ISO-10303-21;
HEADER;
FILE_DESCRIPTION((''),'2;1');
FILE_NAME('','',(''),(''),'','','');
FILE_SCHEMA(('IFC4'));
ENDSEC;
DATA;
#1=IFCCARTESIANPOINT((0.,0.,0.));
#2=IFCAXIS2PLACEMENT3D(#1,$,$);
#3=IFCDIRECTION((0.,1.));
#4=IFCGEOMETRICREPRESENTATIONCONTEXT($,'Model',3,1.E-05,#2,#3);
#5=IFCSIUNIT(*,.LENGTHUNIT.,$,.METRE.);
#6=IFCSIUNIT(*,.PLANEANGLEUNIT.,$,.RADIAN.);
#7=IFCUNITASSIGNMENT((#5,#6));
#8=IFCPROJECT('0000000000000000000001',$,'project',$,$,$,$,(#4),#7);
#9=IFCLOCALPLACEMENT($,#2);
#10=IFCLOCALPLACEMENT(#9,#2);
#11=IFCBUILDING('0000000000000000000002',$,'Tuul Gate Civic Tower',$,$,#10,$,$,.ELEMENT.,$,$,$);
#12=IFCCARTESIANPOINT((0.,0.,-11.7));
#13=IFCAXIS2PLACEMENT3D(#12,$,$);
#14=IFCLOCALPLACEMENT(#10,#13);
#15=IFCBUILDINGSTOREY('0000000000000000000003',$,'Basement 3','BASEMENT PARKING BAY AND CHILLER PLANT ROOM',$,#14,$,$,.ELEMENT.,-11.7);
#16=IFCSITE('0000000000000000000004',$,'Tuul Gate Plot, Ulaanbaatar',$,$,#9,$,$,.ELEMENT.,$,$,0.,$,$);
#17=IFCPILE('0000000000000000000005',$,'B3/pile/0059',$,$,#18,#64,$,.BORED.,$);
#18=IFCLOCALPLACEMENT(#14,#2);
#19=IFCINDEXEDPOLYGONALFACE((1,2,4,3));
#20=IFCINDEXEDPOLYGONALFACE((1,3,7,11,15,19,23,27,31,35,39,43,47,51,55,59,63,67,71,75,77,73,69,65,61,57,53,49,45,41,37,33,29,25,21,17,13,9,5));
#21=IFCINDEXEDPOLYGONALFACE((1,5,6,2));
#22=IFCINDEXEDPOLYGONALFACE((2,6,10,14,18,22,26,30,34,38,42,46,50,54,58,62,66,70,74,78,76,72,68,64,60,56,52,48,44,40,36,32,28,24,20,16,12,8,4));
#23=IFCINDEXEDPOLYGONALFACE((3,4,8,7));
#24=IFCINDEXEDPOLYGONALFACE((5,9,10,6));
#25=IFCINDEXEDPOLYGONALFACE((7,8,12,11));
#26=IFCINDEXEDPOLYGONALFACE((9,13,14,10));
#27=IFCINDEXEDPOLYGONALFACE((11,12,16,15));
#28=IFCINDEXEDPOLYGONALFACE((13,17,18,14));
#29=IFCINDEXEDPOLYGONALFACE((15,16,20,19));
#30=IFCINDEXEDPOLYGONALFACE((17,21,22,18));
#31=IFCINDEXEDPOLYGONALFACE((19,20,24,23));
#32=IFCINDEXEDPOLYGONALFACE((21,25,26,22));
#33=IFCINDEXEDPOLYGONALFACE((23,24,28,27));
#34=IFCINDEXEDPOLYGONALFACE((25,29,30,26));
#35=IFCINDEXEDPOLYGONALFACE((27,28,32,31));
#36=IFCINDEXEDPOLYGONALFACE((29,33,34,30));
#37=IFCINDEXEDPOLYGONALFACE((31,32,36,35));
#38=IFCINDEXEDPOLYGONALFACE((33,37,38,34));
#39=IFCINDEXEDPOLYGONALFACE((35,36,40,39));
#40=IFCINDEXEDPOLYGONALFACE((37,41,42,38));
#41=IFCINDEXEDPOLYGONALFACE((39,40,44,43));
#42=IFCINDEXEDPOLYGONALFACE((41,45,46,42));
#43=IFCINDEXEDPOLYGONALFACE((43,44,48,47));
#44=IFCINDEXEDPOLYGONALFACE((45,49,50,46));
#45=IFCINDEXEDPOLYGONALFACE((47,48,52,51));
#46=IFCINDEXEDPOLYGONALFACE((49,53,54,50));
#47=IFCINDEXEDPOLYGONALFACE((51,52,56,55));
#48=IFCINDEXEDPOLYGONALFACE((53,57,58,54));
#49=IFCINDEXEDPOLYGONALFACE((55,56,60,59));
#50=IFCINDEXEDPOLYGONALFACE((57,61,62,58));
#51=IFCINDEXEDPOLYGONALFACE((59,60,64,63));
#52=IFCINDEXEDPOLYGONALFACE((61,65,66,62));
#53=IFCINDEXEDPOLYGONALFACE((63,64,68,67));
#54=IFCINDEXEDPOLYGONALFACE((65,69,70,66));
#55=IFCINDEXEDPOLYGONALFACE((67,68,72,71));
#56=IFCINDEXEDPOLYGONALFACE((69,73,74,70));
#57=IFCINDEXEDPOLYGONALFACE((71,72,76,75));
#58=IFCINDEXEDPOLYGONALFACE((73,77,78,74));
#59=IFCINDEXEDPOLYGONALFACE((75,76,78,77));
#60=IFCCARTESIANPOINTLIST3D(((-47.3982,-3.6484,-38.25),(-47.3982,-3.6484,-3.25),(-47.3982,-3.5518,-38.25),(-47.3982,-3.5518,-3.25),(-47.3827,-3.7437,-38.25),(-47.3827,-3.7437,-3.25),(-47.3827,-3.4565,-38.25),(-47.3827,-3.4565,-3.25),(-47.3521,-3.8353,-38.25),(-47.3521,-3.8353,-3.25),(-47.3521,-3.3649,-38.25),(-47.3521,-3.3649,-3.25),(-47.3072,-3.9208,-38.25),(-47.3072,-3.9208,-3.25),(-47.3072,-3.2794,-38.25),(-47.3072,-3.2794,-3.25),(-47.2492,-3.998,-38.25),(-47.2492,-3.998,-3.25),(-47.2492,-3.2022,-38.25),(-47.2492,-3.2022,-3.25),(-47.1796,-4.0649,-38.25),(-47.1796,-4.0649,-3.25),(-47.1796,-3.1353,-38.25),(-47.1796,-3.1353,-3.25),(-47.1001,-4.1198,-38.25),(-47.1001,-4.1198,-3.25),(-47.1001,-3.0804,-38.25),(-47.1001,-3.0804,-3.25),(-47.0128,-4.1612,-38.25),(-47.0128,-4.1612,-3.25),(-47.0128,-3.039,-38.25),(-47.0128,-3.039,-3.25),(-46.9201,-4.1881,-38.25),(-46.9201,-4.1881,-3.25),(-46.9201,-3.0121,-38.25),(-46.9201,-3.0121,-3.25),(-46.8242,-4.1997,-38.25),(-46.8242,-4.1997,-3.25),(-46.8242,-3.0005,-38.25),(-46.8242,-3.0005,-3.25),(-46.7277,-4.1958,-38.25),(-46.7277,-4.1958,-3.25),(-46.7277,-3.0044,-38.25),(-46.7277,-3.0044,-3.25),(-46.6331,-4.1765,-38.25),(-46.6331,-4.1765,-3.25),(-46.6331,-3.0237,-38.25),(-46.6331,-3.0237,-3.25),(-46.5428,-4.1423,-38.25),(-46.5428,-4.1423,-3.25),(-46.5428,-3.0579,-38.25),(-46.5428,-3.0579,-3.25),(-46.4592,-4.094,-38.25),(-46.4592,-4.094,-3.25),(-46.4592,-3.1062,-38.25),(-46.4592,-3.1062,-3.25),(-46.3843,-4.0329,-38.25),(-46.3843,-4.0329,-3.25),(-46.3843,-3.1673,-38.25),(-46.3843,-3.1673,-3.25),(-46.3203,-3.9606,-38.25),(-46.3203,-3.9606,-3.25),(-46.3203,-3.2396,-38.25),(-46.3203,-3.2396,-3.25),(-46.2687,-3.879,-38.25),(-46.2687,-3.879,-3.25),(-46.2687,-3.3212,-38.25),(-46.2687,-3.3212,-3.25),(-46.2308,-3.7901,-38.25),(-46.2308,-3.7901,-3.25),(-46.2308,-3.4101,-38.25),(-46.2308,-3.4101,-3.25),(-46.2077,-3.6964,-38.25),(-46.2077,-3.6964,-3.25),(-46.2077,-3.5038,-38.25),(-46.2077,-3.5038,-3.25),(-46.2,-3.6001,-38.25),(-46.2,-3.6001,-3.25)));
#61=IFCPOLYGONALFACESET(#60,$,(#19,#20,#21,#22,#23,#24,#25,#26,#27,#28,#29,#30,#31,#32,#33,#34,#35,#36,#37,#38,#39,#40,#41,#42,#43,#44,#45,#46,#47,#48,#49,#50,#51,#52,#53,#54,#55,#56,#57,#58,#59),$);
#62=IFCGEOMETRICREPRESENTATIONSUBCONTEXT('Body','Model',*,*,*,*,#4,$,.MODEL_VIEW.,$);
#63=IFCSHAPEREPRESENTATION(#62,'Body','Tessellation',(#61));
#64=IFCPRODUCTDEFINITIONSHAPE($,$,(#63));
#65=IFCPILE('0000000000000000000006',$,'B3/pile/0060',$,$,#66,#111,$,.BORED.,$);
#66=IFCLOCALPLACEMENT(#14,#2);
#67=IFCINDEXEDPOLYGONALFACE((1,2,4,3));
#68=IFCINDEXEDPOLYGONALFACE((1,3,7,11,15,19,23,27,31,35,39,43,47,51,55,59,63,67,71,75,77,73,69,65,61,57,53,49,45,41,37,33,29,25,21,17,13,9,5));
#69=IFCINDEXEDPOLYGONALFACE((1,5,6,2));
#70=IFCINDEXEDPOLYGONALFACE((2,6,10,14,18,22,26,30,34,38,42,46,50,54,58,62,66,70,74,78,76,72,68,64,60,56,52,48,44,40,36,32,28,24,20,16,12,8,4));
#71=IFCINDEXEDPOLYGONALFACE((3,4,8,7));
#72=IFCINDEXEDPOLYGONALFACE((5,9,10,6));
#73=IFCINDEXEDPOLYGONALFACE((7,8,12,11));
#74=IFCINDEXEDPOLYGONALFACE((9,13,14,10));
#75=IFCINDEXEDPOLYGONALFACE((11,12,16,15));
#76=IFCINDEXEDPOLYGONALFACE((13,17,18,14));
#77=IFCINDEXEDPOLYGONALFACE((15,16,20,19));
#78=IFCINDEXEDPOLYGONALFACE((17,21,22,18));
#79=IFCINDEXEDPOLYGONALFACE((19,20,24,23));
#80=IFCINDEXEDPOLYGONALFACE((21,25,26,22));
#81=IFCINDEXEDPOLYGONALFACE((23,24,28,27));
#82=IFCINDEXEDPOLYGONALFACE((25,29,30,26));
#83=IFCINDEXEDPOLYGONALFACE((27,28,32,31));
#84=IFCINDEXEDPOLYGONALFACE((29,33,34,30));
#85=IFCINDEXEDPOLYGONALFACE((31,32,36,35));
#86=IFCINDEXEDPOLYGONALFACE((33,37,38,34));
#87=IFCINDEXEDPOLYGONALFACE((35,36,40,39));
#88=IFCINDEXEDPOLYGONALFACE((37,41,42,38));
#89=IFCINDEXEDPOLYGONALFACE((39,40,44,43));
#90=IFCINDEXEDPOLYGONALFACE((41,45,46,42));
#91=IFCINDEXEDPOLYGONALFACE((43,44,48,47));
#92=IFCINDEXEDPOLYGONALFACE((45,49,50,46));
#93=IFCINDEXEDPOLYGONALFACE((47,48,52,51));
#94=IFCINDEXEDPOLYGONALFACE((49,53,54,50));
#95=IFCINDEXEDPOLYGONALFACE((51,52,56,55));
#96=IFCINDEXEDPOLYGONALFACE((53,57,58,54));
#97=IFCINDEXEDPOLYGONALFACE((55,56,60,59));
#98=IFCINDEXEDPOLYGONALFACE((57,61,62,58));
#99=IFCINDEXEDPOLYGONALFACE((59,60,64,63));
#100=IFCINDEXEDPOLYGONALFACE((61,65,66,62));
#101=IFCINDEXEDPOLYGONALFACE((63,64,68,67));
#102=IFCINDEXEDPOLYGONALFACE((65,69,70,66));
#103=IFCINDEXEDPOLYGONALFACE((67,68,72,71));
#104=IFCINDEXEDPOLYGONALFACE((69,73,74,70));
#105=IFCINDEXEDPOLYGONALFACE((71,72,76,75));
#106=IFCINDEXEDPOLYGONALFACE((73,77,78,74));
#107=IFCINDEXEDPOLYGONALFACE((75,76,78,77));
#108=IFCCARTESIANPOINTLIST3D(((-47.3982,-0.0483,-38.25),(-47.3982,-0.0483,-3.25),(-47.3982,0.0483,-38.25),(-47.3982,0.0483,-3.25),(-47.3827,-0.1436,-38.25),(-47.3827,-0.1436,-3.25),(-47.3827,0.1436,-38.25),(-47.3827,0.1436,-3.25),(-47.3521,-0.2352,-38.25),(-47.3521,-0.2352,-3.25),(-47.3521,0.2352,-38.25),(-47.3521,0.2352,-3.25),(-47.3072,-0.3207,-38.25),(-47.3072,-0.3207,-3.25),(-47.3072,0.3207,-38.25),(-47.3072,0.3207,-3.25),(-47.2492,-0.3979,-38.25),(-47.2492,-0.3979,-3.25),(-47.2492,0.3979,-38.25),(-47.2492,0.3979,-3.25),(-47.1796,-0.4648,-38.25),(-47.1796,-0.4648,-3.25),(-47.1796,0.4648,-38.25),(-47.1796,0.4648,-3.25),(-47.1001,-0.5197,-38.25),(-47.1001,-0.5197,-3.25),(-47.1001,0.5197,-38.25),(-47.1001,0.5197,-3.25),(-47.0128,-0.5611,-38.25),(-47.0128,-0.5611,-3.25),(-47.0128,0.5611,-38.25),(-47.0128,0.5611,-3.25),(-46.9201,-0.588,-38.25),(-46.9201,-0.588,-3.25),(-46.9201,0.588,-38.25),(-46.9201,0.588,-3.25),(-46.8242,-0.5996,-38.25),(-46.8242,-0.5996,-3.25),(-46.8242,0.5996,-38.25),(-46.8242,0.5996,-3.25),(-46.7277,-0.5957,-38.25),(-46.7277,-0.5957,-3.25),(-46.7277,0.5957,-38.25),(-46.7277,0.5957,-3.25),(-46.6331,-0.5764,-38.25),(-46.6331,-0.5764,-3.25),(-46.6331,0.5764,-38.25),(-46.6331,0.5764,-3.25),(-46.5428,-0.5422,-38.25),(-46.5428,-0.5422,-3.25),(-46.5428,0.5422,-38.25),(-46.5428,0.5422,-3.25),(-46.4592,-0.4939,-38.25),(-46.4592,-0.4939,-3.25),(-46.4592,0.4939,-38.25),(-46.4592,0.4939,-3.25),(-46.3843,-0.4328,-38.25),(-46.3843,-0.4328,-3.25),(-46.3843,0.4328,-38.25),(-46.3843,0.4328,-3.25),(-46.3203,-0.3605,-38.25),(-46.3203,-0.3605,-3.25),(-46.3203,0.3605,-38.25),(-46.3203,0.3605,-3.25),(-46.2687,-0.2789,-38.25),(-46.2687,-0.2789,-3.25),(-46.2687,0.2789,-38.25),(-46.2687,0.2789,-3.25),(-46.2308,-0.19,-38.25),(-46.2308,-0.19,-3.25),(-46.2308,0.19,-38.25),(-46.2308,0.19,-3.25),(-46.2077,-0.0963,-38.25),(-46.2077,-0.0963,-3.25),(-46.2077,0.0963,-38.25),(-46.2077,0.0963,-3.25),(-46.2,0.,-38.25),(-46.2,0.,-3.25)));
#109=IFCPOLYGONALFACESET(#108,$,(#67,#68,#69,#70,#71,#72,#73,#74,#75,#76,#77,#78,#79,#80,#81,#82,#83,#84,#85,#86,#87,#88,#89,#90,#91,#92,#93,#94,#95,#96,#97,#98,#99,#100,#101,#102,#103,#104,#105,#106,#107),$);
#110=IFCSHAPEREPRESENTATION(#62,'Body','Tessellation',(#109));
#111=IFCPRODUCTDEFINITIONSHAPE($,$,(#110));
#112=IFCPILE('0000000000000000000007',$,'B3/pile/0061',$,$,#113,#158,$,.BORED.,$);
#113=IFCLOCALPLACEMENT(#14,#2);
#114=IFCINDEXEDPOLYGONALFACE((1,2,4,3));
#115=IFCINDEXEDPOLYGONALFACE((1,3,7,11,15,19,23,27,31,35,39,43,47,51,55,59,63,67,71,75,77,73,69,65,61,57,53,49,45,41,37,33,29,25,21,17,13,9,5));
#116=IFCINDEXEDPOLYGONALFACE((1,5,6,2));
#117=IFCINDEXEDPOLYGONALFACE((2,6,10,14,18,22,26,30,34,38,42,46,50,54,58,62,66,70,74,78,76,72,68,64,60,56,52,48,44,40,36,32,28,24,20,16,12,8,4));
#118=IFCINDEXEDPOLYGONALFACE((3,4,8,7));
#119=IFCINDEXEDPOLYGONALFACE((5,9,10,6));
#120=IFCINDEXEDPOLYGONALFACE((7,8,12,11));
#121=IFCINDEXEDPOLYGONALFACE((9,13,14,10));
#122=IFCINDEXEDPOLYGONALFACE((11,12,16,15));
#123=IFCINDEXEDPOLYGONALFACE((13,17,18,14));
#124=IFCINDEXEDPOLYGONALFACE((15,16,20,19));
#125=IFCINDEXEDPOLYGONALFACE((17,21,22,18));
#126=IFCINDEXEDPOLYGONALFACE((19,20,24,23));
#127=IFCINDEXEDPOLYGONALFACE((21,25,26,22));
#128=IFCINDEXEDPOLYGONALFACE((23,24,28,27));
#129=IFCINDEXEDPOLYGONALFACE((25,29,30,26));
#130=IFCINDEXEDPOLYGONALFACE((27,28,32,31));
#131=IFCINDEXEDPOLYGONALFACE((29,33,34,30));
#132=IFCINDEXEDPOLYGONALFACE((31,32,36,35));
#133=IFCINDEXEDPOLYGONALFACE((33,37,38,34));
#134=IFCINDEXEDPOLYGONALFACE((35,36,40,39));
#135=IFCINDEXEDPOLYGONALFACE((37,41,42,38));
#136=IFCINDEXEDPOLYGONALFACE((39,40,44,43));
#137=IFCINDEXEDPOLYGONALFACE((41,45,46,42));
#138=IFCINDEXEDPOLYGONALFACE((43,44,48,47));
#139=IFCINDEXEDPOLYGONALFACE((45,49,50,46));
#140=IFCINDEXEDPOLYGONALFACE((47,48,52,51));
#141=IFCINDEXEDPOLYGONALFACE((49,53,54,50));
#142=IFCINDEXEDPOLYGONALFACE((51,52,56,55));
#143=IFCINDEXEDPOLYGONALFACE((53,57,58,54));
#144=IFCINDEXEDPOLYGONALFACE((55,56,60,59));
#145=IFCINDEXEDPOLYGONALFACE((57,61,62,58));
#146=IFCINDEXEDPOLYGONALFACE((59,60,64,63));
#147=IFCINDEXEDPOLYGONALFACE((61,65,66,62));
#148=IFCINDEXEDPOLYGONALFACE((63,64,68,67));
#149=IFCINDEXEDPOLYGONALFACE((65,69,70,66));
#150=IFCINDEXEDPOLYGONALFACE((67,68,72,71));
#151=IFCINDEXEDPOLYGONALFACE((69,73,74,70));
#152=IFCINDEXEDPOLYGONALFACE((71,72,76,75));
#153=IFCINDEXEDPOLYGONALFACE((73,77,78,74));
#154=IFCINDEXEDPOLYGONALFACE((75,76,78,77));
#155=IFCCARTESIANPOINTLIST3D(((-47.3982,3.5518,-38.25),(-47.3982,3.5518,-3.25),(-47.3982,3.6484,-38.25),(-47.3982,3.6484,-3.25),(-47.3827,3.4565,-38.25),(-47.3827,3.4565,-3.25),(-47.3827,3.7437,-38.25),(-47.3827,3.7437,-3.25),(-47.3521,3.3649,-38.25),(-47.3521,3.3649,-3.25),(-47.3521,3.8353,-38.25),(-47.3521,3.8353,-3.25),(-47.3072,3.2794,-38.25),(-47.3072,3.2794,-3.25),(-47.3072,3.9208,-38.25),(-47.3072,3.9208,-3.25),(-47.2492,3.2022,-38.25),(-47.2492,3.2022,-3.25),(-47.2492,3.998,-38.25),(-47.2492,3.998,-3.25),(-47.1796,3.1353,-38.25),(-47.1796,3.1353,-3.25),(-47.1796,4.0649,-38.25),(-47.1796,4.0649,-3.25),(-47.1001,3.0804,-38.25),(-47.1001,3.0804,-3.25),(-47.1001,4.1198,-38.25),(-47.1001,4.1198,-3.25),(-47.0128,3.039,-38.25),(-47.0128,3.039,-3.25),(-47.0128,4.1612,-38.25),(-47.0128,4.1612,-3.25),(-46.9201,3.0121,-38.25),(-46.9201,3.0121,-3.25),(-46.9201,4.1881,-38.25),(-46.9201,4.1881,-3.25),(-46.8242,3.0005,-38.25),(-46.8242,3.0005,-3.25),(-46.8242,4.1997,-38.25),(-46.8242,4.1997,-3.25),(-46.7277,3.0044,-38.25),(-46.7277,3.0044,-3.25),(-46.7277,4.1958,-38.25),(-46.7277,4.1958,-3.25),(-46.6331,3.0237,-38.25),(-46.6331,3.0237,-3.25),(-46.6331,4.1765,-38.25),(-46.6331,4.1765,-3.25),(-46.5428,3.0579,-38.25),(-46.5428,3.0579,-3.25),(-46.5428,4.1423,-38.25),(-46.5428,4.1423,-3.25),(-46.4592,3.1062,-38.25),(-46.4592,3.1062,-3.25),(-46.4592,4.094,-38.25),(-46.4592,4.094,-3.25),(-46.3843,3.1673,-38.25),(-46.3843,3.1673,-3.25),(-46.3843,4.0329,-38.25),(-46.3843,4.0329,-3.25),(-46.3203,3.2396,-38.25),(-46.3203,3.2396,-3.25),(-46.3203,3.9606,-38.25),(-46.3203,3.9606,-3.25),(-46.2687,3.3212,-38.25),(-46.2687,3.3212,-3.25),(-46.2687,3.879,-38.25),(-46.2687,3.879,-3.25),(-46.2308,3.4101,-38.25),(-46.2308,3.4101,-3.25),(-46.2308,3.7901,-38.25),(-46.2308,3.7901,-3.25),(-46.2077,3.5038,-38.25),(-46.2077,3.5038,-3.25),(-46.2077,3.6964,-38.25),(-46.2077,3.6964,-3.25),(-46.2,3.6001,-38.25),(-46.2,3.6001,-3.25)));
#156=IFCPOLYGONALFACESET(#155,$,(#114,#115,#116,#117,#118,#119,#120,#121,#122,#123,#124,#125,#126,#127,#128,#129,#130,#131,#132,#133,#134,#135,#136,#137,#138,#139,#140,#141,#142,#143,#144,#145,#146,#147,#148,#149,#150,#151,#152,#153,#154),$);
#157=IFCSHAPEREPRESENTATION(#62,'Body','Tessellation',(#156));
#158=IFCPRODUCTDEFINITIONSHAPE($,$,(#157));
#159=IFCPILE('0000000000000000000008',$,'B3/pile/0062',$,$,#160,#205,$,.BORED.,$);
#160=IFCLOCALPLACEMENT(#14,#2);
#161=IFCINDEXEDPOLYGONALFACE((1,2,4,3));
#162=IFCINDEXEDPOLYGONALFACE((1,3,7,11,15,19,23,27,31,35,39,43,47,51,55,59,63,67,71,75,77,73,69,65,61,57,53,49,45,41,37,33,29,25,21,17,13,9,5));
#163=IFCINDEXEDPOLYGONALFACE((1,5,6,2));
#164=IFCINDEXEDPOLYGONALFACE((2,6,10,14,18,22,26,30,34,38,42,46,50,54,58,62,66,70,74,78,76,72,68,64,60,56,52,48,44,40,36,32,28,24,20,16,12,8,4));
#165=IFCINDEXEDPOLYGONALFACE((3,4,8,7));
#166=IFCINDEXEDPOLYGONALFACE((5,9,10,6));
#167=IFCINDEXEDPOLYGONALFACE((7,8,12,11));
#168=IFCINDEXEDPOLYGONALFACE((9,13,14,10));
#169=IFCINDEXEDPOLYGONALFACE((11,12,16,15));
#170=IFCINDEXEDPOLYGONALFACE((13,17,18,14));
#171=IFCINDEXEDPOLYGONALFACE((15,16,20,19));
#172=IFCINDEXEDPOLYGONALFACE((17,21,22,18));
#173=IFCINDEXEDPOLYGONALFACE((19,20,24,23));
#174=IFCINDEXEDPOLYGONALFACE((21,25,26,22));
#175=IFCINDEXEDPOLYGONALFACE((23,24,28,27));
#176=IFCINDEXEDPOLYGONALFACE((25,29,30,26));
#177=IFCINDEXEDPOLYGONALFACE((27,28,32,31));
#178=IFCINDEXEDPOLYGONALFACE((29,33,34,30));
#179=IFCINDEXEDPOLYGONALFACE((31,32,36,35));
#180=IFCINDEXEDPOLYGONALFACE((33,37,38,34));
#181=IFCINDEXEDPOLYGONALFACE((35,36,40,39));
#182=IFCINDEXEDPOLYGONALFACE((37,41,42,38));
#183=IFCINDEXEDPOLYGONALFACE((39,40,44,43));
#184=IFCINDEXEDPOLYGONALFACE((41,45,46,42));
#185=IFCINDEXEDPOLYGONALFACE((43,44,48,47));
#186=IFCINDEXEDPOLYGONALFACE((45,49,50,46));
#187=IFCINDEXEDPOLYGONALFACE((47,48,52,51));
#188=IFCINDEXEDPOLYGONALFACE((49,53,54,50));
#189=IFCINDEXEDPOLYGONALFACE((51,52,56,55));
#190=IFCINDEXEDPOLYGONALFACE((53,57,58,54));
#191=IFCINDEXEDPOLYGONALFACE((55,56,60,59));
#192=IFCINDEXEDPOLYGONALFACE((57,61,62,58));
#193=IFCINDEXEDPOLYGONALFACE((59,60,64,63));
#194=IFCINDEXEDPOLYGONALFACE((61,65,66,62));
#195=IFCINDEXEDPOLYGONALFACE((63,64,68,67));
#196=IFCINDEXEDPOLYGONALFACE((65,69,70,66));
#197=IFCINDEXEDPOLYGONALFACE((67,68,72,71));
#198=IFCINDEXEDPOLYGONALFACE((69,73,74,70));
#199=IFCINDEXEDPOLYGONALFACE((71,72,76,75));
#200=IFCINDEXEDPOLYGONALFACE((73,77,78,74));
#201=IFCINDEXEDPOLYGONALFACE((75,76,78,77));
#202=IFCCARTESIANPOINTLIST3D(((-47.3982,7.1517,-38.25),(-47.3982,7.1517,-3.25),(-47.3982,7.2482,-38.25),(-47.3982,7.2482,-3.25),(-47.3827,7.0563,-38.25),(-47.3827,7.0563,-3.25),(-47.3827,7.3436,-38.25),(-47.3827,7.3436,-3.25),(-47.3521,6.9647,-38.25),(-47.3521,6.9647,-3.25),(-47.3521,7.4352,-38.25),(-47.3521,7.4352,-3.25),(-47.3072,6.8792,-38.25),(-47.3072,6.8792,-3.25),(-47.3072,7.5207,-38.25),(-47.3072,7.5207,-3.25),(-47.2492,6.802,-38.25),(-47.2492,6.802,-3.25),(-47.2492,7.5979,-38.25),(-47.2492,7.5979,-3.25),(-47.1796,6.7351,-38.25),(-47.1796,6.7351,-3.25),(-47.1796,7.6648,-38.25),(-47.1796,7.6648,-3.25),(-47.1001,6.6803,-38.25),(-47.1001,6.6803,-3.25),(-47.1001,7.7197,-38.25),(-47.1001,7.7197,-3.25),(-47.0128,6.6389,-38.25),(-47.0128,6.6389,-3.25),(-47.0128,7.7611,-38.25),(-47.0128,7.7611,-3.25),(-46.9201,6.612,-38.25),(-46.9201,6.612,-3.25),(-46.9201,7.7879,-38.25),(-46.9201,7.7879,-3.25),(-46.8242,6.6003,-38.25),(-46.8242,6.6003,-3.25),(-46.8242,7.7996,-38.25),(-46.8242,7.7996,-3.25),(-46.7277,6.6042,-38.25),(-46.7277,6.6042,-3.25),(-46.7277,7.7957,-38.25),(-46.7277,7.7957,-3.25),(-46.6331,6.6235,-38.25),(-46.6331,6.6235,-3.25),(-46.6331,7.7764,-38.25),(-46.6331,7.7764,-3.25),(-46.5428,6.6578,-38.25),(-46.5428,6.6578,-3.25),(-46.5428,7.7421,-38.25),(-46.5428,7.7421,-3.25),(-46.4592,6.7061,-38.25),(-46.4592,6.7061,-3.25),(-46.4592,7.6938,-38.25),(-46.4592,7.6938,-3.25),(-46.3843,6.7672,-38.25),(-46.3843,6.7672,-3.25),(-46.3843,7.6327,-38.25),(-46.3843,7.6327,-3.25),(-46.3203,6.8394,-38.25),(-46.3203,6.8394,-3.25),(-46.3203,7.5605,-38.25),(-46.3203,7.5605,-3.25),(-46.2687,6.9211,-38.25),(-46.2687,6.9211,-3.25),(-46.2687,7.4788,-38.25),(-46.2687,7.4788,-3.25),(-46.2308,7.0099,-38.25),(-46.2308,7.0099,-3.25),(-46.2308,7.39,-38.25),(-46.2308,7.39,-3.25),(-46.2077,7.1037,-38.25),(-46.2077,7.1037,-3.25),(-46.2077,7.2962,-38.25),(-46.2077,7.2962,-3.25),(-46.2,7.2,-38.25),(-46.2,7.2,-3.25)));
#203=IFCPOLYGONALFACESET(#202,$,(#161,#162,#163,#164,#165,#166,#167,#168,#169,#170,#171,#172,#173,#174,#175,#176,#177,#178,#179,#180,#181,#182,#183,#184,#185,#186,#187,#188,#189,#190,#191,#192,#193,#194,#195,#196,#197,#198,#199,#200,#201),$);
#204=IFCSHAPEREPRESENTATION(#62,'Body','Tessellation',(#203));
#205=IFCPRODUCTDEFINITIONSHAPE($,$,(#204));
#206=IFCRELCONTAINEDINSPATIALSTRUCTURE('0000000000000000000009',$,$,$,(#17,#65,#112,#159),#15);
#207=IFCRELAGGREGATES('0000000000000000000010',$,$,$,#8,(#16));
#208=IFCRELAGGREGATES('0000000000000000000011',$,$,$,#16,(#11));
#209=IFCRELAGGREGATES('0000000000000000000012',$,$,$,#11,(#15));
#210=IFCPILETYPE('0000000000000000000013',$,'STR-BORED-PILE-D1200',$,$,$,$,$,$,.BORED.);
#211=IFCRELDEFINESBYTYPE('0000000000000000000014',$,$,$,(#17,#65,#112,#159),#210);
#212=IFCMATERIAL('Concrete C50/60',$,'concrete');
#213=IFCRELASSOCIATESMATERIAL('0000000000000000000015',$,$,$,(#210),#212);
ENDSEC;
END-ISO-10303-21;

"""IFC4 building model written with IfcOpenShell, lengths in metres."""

from ifc_helpers import new_model, si_unit, direction, frame, origin, origin_2d, place, context, subcontext, project, spatial, circle, extrude, material, material_profile, profile_set, type_object, element, save


model = new_model("IFC4")

# Units and contexts
model_context = context("Model", 3, precision=1e-05, world=origin(), true_north=direction((0.0, 1.0)))
body_context = subcontext(model_context, "Body", "Model", "MODEL_VIEW")
ifc_project = project(units=[si_unit("LENGTHUNIT", "METRE"), si_unit("PLANEANGLEUNIT", "RADIAN")], contexts=[model_context])

# Site, building, storey
site_placement = place(None, origin())
site = spatial("IfcSite", under=ifc_project, at=site_placement, Name="Tuul Gate Plot, Ulaanbaatar", CompositionType="ELEMENT", RefElevation=0.0)
building_placement = place(site_placement, origin())
building = spatial("IfcBuilding", under=site, at=building_placement, Name="Tuul Gate Civic Tower", CompositionType="ELEMENT")
storey_placement = place(building_placement, frame((0.0, 0.0, -11.7)))
storey = spatial("IfcBuildingStorey", under=building, at=storey_placement, Name="Basement 3", Description="BASEMENT PARKING BAY AND CHILLER PLANT ROOM", CompositionType="ELEMENT", Elevation=-11.7)

# Piles
ifc_material_1 = material(Name="Concrete C50/60", Category="concrete")
ifc_material_profile_1 = material_profile(ifc_material_1, circle(Radius=0.6001, at=origin_2d()), Name="PILE1200")
ifc_profile_set_1 = profile_set([ifc_material_profile_1], Name="Concrete C50/60")
pile_type = type_object("IfcPileType", Name="STR-BORED-PILE-D1200", PredefinedType="BORED", material=ifc_profile_set_1)
for number, where, z_axis, x_axis, name in (
    (1, (-46.8, -3.6001, -3.25), (0.0, 0.0, -1.0), (1.0, 0.0, 0.0), "B3/pile/0059"),
    (2, (-46.8, 0.0, -3.25), (0.0, 0.0, -1.0), (1.0, 0.0, 0.0), "B3/pile/0060"),
    (3, (-46.8, 3.6001, -3.25), (0.0, 0.0, -1.0), (1.0, 0.0, 0.0), "B3/pile/0061"),
    (4, (-46.8, 7.2, -3.25), (0.0, 0.0, -1.0), (1.0, 0.0, 0.0), "B3/pile/0062"),
):
    element("IfcPile", number, at=place(storey_placement, frame(where, z_axis=z_axis, x_axis=x_axis)), inside=storey, type_object=pile_type, Name=name, PredefinedType="BORED", context=body_context, shape_type="SweptSolid", body=[
        extrude(circle(Radius=0.6001, at=origin_2d()), origin(), (0.0, 0.0, 1.0), 35.0),
    ])

save(model, "model.ifc")
